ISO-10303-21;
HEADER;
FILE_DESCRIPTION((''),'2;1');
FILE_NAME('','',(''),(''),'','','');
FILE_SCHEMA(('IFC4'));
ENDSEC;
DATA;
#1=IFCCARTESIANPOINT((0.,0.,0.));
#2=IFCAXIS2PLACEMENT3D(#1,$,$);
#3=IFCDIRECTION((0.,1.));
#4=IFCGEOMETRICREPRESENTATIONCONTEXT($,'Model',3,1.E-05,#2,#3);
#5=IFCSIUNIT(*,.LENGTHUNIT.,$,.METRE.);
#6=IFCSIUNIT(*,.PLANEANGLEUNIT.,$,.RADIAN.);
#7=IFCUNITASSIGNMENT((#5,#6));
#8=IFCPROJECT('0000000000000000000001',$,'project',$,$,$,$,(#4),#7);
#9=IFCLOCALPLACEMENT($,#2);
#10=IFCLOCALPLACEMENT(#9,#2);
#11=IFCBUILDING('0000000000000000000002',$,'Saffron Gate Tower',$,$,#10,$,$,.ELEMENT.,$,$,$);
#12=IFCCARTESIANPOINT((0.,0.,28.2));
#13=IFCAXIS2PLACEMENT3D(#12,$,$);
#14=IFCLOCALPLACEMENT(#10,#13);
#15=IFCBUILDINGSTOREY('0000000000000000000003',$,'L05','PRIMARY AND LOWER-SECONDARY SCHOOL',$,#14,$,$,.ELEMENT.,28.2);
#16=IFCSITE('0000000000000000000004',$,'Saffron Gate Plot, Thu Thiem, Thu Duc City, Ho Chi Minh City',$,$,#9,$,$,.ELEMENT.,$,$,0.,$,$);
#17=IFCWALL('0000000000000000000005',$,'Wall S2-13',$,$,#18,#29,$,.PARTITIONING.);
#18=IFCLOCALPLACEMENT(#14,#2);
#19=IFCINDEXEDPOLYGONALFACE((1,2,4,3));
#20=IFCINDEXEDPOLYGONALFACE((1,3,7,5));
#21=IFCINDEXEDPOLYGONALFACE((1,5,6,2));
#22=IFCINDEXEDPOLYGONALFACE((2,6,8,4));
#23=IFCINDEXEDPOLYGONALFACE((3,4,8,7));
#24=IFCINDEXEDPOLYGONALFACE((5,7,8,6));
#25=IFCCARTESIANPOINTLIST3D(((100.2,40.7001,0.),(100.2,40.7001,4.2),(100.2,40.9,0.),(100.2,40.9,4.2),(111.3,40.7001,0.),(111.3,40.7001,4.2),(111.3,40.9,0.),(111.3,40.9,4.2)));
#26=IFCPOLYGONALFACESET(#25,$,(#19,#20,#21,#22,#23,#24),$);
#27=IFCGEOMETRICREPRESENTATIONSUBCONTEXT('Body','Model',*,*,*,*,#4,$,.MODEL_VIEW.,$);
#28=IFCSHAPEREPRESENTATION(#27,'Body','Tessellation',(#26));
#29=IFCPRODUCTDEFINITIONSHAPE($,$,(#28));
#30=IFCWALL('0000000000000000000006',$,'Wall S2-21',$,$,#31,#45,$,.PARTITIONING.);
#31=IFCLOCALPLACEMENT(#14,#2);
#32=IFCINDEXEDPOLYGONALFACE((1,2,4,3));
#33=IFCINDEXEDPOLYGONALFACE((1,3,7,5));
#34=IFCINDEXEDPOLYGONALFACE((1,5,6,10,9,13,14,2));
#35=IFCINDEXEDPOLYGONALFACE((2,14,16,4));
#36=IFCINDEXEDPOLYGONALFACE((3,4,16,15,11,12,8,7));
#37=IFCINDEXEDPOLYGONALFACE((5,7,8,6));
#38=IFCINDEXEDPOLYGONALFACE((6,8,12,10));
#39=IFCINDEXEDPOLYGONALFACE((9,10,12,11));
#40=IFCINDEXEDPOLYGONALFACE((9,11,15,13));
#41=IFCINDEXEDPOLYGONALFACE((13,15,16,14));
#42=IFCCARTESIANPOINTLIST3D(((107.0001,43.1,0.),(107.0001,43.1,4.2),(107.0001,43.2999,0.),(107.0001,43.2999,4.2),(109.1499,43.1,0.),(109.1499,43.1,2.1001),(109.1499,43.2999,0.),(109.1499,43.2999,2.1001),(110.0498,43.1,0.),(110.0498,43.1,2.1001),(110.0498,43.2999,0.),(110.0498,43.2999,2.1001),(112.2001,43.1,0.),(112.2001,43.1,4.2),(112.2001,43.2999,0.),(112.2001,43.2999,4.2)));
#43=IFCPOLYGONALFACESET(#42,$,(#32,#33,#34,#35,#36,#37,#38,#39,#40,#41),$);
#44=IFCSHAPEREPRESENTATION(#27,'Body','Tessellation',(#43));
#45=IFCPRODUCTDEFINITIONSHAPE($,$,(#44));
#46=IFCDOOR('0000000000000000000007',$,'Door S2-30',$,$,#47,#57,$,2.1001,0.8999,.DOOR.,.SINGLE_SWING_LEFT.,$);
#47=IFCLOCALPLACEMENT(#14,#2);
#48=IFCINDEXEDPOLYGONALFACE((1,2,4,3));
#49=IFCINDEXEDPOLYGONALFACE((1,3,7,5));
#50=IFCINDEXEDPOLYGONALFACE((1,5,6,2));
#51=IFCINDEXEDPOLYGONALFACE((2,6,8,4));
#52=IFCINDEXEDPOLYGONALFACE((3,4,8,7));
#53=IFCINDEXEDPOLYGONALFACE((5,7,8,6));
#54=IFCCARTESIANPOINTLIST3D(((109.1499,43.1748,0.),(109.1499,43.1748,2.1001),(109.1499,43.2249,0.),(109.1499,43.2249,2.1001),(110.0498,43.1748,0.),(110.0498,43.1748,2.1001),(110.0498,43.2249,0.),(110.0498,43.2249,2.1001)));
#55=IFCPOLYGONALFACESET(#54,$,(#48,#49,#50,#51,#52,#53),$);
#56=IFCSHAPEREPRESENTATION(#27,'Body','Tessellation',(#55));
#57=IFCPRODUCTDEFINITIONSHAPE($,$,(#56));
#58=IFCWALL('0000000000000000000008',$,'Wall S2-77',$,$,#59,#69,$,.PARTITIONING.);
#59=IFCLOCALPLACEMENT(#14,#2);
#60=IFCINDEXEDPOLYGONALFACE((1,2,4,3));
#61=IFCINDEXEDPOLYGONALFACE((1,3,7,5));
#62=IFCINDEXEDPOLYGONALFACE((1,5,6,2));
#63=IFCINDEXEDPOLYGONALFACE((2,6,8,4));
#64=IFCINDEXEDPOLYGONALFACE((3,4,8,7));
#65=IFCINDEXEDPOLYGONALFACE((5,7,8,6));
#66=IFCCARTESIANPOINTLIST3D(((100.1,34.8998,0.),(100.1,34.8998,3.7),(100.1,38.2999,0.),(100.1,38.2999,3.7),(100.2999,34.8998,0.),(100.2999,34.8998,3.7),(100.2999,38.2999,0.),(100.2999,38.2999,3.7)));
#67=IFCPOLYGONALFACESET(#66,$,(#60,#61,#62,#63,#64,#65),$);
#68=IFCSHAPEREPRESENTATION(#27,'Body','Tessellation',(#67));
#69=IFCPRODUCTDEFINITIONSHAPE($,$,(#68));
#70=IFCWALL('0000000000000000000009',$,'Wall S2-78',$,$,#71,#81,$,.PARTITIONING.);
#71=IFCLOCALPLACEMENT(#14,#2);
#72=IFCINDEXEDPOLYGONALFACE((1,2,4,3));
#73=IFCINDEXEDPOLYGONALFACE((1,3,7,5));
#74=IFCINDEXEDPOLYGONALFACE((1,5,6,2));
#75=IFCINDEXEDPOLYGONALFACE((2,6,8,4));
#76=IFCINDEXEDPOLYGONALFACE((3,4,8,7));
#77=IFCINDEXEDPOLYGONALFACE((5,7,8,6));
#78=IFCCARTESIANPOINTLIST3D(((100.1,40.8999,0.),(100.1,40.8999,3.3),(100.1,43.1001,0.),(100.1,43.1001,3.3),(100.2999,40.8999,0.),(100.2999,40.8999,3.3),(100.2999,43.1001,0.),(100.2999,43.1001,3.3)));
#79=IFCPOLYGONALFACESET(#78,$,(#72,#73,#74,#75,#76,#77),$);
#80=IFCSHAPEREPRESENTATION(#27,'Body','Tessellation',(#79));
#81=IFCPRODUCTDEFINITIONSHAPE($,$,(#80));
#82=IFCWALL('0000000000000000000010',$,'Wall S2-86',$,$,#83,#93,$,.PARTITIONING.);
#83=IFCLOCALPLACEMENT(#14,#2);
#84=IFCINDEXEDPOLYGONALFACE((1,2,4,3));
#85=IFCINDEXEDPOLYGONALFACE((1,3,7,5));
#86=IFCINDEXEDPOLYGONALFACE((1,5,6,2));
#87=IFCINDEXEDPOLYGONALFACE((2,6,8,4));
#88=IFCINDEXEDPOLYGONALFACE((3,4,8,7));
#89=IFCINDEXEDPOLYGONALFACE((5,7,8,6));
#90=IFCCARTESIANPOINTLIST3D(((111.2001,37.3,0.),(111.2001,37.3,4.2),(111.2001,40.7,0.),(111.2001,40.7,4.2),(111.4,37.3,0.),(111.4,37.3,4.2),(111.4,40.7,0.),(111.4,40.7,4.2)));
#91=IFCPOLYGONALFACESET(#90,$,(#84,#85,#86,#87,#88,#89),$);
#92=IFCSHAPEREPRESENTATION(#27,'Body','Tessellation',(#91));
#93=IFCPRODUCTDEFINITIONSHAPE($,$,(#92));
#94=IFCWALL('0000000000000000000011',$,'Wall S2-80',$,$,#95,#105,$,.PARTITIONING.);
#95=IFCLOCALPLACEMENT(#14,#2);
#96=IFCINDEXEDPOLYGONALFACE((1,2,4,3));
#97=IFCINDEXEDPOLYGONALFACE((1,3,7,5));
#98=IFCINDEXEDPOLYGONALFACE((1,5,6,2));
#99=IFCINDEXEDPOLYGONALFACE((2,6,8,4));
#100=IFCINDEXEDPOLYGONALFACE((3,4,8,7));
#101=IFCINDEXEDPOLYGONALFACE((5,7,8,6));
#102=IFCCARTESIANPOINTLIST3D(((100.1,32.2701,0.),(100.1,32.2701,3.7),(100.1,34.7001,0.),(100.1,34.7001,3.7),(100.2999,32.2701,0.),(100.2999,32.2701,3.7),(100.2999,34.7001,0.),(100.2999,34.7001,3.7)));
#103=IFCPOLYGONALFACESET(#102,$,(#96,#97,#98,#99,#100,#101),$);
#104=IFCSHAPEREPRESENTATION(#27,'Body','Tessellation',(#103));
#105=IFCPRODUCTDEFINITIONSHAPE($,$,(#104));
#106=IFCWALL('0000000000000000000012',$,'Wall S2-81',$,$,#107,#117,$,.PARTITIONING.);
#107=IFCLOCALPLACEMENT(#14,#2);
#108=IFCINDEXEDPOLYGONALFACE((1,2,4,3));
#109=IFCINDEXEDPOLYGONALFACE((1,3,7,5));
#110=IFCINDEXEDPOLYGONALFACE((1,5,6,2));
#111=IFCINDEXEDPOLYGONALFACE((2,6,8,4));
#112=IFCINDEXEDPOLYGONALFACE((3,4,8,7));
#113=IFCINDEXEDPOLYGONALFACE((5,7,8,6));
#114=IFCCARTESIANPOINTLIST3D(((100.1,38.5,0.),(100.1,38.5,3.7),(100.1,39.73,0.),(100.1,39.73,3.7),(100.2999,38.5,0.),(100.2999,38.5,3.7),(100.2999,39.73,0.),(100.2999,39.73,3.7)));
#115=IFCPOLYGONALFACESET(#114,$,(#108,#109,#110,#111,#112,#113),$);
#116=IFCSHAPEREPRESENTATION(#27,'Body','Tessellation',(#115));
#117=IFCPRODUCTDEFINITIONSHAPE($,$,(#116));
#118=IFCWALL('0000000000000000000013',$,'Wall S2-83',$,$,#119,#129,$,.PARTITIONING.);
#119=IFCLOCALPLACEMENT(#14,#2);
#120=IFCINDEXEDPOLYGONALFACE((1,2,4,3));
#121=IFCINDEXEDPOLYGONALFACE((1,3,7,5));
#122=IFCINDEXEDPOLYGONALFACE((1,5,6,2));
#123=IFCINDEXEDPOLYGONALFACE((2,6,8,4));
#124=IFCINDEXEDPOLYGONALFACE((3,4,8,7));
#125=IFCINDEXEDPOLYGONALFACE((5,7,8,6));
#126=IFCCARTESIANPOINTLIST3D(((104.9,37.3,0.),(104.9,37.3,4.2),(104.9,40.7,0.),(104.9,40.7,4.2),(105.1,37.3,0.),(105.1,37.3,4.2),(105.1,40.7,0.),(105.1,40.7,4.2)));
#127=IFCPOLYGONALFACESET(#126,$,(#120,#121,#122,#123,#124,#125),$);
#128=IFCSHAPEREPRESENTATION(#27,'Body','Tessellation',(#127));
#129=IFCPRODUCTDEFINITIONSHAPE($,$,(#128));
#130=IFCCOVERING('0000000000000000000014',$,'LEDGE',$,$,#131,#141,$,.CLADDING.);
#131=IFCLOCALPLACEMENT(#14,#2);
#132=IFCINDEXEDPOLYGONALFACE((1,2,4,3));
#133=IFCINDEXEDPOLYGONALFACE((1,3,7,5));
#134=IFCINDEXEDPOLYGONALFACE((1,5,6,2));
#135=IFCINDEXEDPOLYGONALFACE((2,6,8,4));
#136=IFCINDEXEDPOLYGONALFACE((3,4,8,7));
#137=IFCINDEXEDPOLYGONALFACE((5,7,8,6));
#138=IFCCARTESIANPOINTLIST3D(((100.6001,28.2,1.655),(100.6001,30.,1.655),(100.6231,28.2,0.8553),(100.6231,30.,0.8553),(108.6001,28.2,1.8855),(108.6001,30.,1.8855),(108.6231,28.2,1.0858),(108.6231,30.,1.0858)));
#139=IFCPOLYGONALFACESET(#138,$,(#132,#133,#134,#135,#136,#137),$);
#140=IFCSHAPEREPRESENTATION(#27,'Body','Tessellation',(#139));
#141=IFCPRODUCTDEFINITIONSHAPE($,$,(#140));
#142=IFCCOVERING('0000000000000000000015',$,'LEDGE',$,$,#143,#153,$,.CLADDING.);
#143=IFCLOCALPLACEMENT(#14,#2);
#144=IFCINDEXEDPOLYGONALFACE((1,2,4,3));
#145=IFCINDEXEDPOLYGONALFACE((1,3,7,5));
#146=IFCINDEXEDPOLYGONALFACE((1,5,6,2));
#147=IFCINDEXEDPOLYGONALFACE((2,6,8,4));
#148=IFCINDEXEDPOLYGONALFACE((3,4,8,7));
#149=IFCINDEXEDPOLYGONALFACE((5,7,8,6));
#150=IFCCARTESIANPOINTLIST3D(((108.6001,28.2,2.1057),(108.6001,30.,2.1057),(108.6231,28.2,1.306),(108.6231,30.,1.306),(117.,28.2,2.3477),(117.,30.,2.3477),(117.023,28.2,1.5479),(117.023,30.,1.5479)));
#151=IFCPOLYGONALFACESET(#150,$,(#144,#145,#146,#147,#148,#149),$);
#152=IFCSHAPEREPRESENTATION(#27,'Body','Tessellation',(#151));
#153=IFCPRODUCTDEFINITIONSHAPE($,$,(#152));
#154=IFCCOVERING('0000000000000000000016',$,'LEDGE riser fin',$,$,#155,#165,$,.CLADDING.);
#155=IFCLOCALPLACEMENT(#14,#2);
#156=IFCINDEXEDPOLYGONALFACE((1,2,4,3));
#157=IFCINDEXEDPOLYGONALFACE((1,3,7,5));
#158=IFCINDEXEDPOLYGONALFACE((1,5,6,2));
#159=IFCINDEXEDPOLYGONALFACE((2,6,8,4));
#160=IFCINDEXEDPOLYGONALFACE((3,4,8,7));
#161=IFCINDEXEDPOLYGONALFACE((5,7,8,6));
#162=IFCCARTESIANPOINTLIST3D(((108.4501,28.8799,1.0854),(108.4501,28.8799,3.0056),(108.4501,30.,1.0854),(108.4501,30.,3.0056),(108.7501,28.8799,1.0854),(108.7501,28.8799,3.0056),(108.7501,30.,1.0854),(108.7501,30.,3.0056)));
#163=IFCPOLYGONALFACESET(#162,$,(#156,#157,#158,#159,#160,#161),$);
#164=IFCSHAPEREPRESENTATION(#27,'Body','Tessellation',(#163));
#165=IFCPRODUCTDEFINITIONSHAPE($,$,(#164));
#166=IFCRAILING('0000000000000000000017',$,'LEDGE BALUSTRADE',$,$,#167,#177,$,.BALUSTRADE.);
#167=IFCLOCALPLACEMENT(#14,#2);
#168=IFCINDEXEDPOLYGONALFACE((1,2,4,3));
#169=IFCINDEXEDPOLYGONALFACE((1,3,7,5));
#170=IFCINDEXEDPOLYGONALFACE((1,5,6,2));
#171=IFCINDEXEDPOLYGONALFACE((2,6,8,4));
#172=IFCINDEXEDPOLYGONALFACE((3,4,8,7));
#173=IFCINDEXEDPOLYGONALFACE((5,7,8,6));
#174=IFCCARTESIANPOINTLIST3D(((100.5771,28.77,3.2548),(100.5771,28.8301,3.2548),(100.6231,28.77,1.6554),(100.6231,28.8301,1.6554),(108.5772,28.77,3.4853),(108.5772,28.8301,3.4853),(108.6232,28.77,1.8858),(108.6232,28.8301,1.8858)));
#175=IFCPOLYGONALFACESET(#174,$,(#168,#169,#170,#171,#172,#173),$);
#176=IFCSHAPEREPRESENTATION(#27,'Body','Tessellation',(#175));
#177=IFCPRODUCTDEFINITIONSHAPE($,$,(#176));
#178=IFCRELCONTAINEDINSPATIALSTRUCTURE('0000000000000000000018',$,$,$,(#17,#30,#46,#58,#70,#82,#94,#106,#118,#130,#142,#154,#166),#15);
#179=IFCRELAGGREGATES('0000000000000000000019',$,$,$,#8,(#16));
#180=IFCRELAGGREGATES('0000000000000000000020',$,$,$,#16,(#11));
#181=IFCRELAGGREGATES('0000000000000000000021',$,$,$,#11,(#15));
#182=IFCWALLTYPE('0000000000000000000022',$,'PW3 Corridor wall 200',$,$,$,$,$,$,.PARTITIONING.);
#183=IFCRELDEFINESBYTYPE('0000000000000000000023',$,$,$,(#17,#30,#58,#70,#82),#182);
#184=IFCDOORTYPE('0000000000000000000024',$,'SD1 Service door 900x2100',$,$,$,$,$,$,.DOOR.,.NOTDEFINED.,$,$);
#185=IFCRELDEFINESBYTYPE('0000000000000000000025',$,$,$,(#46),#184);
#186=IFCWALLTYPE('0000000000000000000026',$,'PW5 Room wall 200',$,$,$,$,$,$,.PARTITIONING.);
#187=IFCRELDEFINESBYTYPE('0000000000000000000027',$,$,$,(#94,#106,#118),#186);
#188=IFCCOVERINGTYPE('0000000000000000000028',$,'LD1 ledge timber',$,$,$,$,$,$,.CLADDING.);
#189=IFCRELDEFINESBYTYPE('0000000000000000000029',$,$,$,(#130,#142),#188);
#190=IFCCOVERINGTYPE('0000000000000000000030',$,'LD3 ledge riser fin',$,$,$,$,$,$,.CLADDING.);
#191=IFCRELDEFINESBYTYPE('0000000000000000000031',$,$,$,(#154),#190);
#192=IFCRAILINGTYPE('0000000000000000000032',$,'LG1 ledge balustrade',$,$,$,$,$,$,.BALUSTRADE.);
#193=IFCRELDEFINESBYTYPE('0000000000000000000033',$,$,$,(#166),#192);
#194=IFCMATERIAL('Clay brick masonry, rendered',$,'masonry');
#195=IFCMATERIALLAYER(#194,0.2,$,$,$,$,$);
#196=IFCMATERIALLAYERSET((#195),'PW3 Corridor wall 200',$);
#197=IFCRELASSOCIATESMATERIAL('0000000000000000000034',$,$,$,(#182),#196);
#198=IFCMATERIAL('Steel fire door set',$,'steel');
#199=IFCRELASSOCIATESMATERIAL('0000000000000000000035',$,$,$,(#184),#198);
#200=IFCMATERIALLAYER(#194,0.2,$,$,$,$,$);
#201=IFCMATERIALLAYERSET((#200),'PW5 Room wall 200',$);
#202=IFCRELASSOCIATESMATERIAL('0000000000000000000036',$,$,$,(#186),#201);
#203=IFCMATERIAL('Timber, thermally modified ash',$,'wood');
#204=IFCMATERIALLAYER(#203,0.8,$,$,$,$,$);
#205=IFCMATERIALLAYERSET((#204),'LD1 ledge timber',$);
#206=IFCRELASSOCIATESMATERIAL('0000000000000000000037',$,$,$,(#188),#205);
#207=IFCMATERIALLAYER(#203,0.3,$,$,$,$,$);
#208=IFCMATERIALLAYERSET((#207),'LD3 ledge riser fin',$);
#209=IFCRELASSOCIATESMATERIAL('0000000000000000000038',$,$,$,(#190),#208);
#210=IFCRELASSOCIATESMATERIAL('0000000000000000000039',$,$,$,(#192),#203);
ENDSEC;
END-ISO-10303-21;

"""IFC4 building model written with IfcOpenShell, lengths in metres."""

from ifc_helpers import new_model, si_unit, direction, frame, frame_2d, origin, origin_2d, place, context, subcontext, project, spatial, polyline, rectangle, outline, extrude, material, layer, layer_set, type_object, element, fill, save


model = new_model("IFC4")

# Units and contexts
model_context = context("Model", 3, precision=1e-05, world=origin(), true_north=direction((0.0, 1.0)))
body_context = subcontext(model_context, "Body", "Model", "MODEL_VIEW")
ifc_project = project(units=[si_unit("LENGTHUNIT", "METRE"), si_unit("PLANEANGLEUNIT", "RADIAN")], contexts=[model_context])

# Site, building, storey
site_placement = place(None, origin())
site = spatial("IfcSite", under=ifc_project, at=site_placement, Name="Saffron Gate Plot, Thu Thiem, Thu Duc City, Ho Chi Minh City", CompositionType="ELEMENT", RefElevation=0.0)
building_placement = place(site_placement, origin())
building = spatial("IfcBuilding", under=site, at=building_placement, Name="Saffron Gate Tower", CompositionType="ELEMENT")
storey_placement = place(building_placement, frame((0.0, 0.0, 28.2)))
storey = spatial("IfcBuildingStorey", under=building, at=storey_placement, Name="L05", Description="PRIMARY AND LOWER-SECONDARY SCHOOL", CompositionType="ELEMENT", Elevation=28.2)

# Shared definitions
ifc_material_1 = material(Name="Steel fire door set", Category="steel")

# Shared definitions
ifc_material_2 = material(Name="Clay brick masonry, rendered", Category="masonry")
ifc_layer_1 = layer(ifc_material_2, 0.2)
ifc_layer_set_1 = layer_set([ifc_layer_1], Name="PW3 Corridor wall 200")
wall_type_1 = type_object("IfcWallType", Name="PW3 Corridor wall 200", PredefinedType="PARTITIONING", material=ifc_layer_set_1)

# Wall
wall_1_placement = place(storey_placement, frame((100.2, 40.8, 0.0), z_axis=(0.0, 0.0, 1.0), x_axis=(1.0, 0.0, 0.0)))
element("IfcWall", 1, at=wall_1_placement, inside=storey, type_object=wall_type_1, Name="Wall S2-13", PredefinedType="PARTITIONING", context=body_context, shape_type="SweptSolid", body=[
    extrude(rectangle(XDim=11.1001, YDim=0.2, at=frame_2d((5.55, 0.0))), origin(), (0.0, 0.0, 1.0), 4.2),
])

# Wall, opening, door
wall_2_placement = place(storey_placement, frame((107.0, 43.2, 0.0), z_axis=(0.0, 0.0, 1.0), x_axis=(1.0, 0.0, 0.0)))
wall_2 = element("IfcWall", 2, at=wall_2_placement, inside=storey, type_object=wall_type_1, Name="Wall S2-21", PredefinedType="PARTITIONING", context=body_context, shape_type="SweptSolid", body=[
    extrude(rectangle(XDim=5.2, YDim=0.2, at=frame_2d((2.6001, 0.0))), origin(), (0.0, 0.0, 1.0), 4.2),
])
opening_1_placement = place(wall_2_placement, frame((2.1499, 0.0, 0.0)))
opening_1 = element("IfcOpeningElement", 3, at=opening_1_placement, cuts=wall_2, PredefinedType="OPENING", context=body_context, shape_type="SweptSolid", body=[
    extrude(rectangle(XDim=0.8999, YDim=2.1001, at=frame_2d((0.45, 1.05))), frame((0.0, 0.1099, 0.0), z_axis=(0.0, -1.0, 0.0), x_axis=(1.0, 0.0, 0.0)), (0.0, 0.0, 1.0), 0.22),
])
door_type_1 = type_object("IfcDoorType", Name="SD1 Service door 900x2100", OperationType="NOTDEFINED", PredefinedType="DOOR", material=ifc_material_1)
door_1_placement = place(opening_1_placement, origin())
door_1 = element("IfcDoor", 4, at=door_1_placement, inside=storey, type_object=door_type_1, Name="Door S2-30", OperationType="SINGLE_SWING_LEFT", OverallHeight=2.1001, OverallWidth=0.8999, PredefinedType="DOOR", context=body_context, shape_type="SweptSolid", body=[
    extrude(rectangle(XDim=0.8999, YDim=2.1001, at=frame_2d((0.45, 1.05))), frame((0.0, 0.0249, 0.0), z_axis=(0.0, -1.0, 0.0), x_axis=(1.0, 0.0, 0.0)), (0.0, 0.0, 1.0), 0.05),
])
fill(opening_1, door_1)

# Walls
wall_3_placement = place(storey_placement, frame((100.2, 38.3, 0.0), z_axis=(0.0, 0.0, 1.0), x_axis=(0.0, -1.0, 0.0)))
element("IfcWall", 5, at=wall_3_placement, inside=storey, type_object=wall_type_1, Name="Wall S2-77", PredefinedType="PARTITIONING", context=body_context, shape_type="SweptSolid", body=[
    extrude(rectangle(XDim=3.4001, YDim=0.2, at=frame_2d((1.7002, 0.0))), origin(), (0.0, 0.0, 1.0), 3.7),
])
wall_4_placement = place(storey_placement, frame((100.2, 43.1001, 0.0), z_axis=(0.0, 0.0, 1.0), x_axis=(0.0, -1.0, 0.0)))
element("IfcWall", 6, at=wall_4_placement, inside=storey, type_object=wall_type_1, Name="Wall S2-78", PredefinedType="PARTITIONING", context=body_context, shape_type="SweptSolid", body=[
    extrude(rectangle(XDim=2.2002, YDim=0.2, at=frame_2d((1.1001, 0.0))), origin(), (0.0, 0.0, 1.0), 3.3),
])
wall_5_placement = place(storey_placement, frame((111.3, 40.7, 0.0), z_axis=(0.0, 0.0, 1.0), x_axis=(0.0, -1.0, 0.0)))
element("IfcWall", 7, at=wall_5_placement, inside=storey, type_object=wall_type_1, Name="Wall S2-86", PredefinedType="PARTITIONING", context=body_context, shape_type="SweptSolid", body=[
    extrude(rectangle(XDim=3.3999, YDim=0.2, at=frame_2d((1.7, 0.0))), origin(), (0.0, 0.0, 1.0), 4.2),
])
ifc_layer_2 = layer(ifc_material_2, 0.2)
ifc_layer_set_2 = layer_set([ifc_layer_2], Name="PW5 Room wall 200")
wall_type_2 = type_object("IfcWallType", Name="PW5 Room wall 200", PredefinedType="PARTITIONING", material=ifc_layer_set_2)
wall_6_placement = place(storey_placement, frame((100.2, 34.7, 0.0), z_axis=(0.0, 0.0, 1.0), x_axis=(0.0, -1.0, 0.0)))
element("IfcWall", 8, at=wall_6_placement, inside=storey, type_object=wall_type_2, Name="Wall S2-80", PredefinedType="PARTITIONING", context=body_context, shape_type="SweptSolid", body=[
    extrude(rectangle(XDim=2.4299, YDim=0.2, at=frame_2d((1.2148, 0.0))), origin(), (0.0, 0.0, 1.0), 3.7),
])
wall_7_placement = place(storey_placement, frame((100.2, 39.73, 0.0), z_axis=(0.0, 0.0, 1.0), x_axis=(0.0, -1.0, 0.0)))
element("IfcWall", 9, at=wall_7_placement, inside=storey, type_object=wall_type_2, Name="Wall S2-81", PredefinedType="PARTITIONING", context=body_context, shape_type="SweptSolid", body=[
    extrude(rectangle(XDim=1.23, YDim=0.2, at=frame_2d((0.615, 0.0))), origin(), (0.0, 0.0, 1.0), 3.7),
])
wall_8_placement = place(storey_placement, frame((105.0, 40.7, 0.0), z_axis=(0.0, 0.0, 1.0), x_axis=(0.0, -1.0, 0.0)))
element("IfcWall", 10, at=wall_8_placement, inside=storey, type_object=wall_type_2, Name="Wall S2-83", PredefinedType="PARTITIONING", context=body_context, shape_type="SweptSolid", body=[
    extrude(rectangle(XDim=3.3999, YDim=0.2, at=frame_2d((1.7, 0.0))), origin(), (0.0, 0.0, 1.0), 4.2),
])

# Coverings
ifc_material_3 = material(Name="Timber, thermally modified ash", Category="wood")
ifc_layer_3 = layer(ifc_material_3, 0.8)
ifc_layer_set_3 = layer_set([ifc_layer_3], Name="LD1 ledge timber")
covering_type_1 = type_object("IfcCoveringType", Name="LD1 ledge timber", PredefinedType="CLADDING", material=ifc_layer_set_3)
covering_1_placement = place(storey_placement, frame((100.6001, 30.0, 1.655), z_axis=(-0.028797, 0.0, 0.999585), x_axis=(0.999585, 0.0, 0.028797)))
element("IfcCovering", 11, at=covering_1_placement, inside=storey, type_object=covering_type_1, Name="LEDGE", PredefinedType="CLADDING", context=body_context, shape_type="SweptSolid", body=[
    extrude(outline(polyline([(0.0, 0.0), (8.0033, 0.0), (8.0033, -1.8), (0.0, -1.8), (0.0, 0.0)])), origin(), (0.0, 0.0, -1.0), 0.8),
])
covering_2_placement = place(storey_placement, frame((108.6001, 30.0, 2.1057), z_axis=(-0.028791, 0.0, 0.999585), x_axis=(0.999585, 0.0, 0.028791)))
element("IfcCovering", 12, at=covering_2_placement, inside=storey, type_object=covering_type_1, Name="LEDGE", PredefinedType="CLADDING", context=body_context, shape_type="SweptSolid", body=[
    extrude(outline(polyline([(0.0, 0.0), (8.4034, 0.0), (8.4034, -1.8), (0.0, -1.8), (0.0, 0.0)])), origin(), (0.0, 0.0, -1.0), 0.8),
])
ifc_layer_4 = layer(ifc_material_3, 0.3)
ifc_layer_set_4 = layer_set([ifc_layer_4], Name="LD3 ledge riser fin")
covering_type_2 = type_object("IfcCoveringType", Name="LD3 ledge riser fin", PredefinedType="CLADDING", material=ifc_layer_set_4)
covering_3_placement = place(storey_placement, frame((108.6001, 29.4399, 1.0854), z_axis=(0.0, 0.0, 1.0), x_axis=(1.0, 0.0, 0.0)))
element("IfcCovering", 13, at=covering_3_placement, inside=storey, type_object=covering_type_2, Name="LEDGE riser fin", PredefinedType="CLADDING", context=body_context, shape_type="SweptSolid", body=[
    extrude(rectangle(XDim=0.3, YDim=1.1201, at=origin_2d()), origin(), (0.0, 0.0, 1.0), 1.9202),
])

# Railing
railing_type_1 = type_object("IfcRailingType", Name="LG1 ledge balustrade", PredefinedType="BALUSTRADE", material=ifc_material_3)
railing_1_placement = place(storey_placement, frame((100.6001, 28.8, 1.655)))
element("IfcRailing", 14, at=railing_1_placement, inside=storey, type_object=railing_type_1, Name="LEDGE BALUSTRADE", PredefinedType="BALUSTRADE", context=body_context, shape_type="SweptSolid", body=[
    extrude(rectangle(XDim=0.0601, YDim=1.6001, at=origin_2d()), frame((0.0, 0.0, 0.8), z_axis=(0.999585, 0.0, 0.028797), x_axis=(0.0, 1.0, 0.0)), (0.0, 0.0, 1.0), 8.0034),
])

save(model, "model.ifc")
